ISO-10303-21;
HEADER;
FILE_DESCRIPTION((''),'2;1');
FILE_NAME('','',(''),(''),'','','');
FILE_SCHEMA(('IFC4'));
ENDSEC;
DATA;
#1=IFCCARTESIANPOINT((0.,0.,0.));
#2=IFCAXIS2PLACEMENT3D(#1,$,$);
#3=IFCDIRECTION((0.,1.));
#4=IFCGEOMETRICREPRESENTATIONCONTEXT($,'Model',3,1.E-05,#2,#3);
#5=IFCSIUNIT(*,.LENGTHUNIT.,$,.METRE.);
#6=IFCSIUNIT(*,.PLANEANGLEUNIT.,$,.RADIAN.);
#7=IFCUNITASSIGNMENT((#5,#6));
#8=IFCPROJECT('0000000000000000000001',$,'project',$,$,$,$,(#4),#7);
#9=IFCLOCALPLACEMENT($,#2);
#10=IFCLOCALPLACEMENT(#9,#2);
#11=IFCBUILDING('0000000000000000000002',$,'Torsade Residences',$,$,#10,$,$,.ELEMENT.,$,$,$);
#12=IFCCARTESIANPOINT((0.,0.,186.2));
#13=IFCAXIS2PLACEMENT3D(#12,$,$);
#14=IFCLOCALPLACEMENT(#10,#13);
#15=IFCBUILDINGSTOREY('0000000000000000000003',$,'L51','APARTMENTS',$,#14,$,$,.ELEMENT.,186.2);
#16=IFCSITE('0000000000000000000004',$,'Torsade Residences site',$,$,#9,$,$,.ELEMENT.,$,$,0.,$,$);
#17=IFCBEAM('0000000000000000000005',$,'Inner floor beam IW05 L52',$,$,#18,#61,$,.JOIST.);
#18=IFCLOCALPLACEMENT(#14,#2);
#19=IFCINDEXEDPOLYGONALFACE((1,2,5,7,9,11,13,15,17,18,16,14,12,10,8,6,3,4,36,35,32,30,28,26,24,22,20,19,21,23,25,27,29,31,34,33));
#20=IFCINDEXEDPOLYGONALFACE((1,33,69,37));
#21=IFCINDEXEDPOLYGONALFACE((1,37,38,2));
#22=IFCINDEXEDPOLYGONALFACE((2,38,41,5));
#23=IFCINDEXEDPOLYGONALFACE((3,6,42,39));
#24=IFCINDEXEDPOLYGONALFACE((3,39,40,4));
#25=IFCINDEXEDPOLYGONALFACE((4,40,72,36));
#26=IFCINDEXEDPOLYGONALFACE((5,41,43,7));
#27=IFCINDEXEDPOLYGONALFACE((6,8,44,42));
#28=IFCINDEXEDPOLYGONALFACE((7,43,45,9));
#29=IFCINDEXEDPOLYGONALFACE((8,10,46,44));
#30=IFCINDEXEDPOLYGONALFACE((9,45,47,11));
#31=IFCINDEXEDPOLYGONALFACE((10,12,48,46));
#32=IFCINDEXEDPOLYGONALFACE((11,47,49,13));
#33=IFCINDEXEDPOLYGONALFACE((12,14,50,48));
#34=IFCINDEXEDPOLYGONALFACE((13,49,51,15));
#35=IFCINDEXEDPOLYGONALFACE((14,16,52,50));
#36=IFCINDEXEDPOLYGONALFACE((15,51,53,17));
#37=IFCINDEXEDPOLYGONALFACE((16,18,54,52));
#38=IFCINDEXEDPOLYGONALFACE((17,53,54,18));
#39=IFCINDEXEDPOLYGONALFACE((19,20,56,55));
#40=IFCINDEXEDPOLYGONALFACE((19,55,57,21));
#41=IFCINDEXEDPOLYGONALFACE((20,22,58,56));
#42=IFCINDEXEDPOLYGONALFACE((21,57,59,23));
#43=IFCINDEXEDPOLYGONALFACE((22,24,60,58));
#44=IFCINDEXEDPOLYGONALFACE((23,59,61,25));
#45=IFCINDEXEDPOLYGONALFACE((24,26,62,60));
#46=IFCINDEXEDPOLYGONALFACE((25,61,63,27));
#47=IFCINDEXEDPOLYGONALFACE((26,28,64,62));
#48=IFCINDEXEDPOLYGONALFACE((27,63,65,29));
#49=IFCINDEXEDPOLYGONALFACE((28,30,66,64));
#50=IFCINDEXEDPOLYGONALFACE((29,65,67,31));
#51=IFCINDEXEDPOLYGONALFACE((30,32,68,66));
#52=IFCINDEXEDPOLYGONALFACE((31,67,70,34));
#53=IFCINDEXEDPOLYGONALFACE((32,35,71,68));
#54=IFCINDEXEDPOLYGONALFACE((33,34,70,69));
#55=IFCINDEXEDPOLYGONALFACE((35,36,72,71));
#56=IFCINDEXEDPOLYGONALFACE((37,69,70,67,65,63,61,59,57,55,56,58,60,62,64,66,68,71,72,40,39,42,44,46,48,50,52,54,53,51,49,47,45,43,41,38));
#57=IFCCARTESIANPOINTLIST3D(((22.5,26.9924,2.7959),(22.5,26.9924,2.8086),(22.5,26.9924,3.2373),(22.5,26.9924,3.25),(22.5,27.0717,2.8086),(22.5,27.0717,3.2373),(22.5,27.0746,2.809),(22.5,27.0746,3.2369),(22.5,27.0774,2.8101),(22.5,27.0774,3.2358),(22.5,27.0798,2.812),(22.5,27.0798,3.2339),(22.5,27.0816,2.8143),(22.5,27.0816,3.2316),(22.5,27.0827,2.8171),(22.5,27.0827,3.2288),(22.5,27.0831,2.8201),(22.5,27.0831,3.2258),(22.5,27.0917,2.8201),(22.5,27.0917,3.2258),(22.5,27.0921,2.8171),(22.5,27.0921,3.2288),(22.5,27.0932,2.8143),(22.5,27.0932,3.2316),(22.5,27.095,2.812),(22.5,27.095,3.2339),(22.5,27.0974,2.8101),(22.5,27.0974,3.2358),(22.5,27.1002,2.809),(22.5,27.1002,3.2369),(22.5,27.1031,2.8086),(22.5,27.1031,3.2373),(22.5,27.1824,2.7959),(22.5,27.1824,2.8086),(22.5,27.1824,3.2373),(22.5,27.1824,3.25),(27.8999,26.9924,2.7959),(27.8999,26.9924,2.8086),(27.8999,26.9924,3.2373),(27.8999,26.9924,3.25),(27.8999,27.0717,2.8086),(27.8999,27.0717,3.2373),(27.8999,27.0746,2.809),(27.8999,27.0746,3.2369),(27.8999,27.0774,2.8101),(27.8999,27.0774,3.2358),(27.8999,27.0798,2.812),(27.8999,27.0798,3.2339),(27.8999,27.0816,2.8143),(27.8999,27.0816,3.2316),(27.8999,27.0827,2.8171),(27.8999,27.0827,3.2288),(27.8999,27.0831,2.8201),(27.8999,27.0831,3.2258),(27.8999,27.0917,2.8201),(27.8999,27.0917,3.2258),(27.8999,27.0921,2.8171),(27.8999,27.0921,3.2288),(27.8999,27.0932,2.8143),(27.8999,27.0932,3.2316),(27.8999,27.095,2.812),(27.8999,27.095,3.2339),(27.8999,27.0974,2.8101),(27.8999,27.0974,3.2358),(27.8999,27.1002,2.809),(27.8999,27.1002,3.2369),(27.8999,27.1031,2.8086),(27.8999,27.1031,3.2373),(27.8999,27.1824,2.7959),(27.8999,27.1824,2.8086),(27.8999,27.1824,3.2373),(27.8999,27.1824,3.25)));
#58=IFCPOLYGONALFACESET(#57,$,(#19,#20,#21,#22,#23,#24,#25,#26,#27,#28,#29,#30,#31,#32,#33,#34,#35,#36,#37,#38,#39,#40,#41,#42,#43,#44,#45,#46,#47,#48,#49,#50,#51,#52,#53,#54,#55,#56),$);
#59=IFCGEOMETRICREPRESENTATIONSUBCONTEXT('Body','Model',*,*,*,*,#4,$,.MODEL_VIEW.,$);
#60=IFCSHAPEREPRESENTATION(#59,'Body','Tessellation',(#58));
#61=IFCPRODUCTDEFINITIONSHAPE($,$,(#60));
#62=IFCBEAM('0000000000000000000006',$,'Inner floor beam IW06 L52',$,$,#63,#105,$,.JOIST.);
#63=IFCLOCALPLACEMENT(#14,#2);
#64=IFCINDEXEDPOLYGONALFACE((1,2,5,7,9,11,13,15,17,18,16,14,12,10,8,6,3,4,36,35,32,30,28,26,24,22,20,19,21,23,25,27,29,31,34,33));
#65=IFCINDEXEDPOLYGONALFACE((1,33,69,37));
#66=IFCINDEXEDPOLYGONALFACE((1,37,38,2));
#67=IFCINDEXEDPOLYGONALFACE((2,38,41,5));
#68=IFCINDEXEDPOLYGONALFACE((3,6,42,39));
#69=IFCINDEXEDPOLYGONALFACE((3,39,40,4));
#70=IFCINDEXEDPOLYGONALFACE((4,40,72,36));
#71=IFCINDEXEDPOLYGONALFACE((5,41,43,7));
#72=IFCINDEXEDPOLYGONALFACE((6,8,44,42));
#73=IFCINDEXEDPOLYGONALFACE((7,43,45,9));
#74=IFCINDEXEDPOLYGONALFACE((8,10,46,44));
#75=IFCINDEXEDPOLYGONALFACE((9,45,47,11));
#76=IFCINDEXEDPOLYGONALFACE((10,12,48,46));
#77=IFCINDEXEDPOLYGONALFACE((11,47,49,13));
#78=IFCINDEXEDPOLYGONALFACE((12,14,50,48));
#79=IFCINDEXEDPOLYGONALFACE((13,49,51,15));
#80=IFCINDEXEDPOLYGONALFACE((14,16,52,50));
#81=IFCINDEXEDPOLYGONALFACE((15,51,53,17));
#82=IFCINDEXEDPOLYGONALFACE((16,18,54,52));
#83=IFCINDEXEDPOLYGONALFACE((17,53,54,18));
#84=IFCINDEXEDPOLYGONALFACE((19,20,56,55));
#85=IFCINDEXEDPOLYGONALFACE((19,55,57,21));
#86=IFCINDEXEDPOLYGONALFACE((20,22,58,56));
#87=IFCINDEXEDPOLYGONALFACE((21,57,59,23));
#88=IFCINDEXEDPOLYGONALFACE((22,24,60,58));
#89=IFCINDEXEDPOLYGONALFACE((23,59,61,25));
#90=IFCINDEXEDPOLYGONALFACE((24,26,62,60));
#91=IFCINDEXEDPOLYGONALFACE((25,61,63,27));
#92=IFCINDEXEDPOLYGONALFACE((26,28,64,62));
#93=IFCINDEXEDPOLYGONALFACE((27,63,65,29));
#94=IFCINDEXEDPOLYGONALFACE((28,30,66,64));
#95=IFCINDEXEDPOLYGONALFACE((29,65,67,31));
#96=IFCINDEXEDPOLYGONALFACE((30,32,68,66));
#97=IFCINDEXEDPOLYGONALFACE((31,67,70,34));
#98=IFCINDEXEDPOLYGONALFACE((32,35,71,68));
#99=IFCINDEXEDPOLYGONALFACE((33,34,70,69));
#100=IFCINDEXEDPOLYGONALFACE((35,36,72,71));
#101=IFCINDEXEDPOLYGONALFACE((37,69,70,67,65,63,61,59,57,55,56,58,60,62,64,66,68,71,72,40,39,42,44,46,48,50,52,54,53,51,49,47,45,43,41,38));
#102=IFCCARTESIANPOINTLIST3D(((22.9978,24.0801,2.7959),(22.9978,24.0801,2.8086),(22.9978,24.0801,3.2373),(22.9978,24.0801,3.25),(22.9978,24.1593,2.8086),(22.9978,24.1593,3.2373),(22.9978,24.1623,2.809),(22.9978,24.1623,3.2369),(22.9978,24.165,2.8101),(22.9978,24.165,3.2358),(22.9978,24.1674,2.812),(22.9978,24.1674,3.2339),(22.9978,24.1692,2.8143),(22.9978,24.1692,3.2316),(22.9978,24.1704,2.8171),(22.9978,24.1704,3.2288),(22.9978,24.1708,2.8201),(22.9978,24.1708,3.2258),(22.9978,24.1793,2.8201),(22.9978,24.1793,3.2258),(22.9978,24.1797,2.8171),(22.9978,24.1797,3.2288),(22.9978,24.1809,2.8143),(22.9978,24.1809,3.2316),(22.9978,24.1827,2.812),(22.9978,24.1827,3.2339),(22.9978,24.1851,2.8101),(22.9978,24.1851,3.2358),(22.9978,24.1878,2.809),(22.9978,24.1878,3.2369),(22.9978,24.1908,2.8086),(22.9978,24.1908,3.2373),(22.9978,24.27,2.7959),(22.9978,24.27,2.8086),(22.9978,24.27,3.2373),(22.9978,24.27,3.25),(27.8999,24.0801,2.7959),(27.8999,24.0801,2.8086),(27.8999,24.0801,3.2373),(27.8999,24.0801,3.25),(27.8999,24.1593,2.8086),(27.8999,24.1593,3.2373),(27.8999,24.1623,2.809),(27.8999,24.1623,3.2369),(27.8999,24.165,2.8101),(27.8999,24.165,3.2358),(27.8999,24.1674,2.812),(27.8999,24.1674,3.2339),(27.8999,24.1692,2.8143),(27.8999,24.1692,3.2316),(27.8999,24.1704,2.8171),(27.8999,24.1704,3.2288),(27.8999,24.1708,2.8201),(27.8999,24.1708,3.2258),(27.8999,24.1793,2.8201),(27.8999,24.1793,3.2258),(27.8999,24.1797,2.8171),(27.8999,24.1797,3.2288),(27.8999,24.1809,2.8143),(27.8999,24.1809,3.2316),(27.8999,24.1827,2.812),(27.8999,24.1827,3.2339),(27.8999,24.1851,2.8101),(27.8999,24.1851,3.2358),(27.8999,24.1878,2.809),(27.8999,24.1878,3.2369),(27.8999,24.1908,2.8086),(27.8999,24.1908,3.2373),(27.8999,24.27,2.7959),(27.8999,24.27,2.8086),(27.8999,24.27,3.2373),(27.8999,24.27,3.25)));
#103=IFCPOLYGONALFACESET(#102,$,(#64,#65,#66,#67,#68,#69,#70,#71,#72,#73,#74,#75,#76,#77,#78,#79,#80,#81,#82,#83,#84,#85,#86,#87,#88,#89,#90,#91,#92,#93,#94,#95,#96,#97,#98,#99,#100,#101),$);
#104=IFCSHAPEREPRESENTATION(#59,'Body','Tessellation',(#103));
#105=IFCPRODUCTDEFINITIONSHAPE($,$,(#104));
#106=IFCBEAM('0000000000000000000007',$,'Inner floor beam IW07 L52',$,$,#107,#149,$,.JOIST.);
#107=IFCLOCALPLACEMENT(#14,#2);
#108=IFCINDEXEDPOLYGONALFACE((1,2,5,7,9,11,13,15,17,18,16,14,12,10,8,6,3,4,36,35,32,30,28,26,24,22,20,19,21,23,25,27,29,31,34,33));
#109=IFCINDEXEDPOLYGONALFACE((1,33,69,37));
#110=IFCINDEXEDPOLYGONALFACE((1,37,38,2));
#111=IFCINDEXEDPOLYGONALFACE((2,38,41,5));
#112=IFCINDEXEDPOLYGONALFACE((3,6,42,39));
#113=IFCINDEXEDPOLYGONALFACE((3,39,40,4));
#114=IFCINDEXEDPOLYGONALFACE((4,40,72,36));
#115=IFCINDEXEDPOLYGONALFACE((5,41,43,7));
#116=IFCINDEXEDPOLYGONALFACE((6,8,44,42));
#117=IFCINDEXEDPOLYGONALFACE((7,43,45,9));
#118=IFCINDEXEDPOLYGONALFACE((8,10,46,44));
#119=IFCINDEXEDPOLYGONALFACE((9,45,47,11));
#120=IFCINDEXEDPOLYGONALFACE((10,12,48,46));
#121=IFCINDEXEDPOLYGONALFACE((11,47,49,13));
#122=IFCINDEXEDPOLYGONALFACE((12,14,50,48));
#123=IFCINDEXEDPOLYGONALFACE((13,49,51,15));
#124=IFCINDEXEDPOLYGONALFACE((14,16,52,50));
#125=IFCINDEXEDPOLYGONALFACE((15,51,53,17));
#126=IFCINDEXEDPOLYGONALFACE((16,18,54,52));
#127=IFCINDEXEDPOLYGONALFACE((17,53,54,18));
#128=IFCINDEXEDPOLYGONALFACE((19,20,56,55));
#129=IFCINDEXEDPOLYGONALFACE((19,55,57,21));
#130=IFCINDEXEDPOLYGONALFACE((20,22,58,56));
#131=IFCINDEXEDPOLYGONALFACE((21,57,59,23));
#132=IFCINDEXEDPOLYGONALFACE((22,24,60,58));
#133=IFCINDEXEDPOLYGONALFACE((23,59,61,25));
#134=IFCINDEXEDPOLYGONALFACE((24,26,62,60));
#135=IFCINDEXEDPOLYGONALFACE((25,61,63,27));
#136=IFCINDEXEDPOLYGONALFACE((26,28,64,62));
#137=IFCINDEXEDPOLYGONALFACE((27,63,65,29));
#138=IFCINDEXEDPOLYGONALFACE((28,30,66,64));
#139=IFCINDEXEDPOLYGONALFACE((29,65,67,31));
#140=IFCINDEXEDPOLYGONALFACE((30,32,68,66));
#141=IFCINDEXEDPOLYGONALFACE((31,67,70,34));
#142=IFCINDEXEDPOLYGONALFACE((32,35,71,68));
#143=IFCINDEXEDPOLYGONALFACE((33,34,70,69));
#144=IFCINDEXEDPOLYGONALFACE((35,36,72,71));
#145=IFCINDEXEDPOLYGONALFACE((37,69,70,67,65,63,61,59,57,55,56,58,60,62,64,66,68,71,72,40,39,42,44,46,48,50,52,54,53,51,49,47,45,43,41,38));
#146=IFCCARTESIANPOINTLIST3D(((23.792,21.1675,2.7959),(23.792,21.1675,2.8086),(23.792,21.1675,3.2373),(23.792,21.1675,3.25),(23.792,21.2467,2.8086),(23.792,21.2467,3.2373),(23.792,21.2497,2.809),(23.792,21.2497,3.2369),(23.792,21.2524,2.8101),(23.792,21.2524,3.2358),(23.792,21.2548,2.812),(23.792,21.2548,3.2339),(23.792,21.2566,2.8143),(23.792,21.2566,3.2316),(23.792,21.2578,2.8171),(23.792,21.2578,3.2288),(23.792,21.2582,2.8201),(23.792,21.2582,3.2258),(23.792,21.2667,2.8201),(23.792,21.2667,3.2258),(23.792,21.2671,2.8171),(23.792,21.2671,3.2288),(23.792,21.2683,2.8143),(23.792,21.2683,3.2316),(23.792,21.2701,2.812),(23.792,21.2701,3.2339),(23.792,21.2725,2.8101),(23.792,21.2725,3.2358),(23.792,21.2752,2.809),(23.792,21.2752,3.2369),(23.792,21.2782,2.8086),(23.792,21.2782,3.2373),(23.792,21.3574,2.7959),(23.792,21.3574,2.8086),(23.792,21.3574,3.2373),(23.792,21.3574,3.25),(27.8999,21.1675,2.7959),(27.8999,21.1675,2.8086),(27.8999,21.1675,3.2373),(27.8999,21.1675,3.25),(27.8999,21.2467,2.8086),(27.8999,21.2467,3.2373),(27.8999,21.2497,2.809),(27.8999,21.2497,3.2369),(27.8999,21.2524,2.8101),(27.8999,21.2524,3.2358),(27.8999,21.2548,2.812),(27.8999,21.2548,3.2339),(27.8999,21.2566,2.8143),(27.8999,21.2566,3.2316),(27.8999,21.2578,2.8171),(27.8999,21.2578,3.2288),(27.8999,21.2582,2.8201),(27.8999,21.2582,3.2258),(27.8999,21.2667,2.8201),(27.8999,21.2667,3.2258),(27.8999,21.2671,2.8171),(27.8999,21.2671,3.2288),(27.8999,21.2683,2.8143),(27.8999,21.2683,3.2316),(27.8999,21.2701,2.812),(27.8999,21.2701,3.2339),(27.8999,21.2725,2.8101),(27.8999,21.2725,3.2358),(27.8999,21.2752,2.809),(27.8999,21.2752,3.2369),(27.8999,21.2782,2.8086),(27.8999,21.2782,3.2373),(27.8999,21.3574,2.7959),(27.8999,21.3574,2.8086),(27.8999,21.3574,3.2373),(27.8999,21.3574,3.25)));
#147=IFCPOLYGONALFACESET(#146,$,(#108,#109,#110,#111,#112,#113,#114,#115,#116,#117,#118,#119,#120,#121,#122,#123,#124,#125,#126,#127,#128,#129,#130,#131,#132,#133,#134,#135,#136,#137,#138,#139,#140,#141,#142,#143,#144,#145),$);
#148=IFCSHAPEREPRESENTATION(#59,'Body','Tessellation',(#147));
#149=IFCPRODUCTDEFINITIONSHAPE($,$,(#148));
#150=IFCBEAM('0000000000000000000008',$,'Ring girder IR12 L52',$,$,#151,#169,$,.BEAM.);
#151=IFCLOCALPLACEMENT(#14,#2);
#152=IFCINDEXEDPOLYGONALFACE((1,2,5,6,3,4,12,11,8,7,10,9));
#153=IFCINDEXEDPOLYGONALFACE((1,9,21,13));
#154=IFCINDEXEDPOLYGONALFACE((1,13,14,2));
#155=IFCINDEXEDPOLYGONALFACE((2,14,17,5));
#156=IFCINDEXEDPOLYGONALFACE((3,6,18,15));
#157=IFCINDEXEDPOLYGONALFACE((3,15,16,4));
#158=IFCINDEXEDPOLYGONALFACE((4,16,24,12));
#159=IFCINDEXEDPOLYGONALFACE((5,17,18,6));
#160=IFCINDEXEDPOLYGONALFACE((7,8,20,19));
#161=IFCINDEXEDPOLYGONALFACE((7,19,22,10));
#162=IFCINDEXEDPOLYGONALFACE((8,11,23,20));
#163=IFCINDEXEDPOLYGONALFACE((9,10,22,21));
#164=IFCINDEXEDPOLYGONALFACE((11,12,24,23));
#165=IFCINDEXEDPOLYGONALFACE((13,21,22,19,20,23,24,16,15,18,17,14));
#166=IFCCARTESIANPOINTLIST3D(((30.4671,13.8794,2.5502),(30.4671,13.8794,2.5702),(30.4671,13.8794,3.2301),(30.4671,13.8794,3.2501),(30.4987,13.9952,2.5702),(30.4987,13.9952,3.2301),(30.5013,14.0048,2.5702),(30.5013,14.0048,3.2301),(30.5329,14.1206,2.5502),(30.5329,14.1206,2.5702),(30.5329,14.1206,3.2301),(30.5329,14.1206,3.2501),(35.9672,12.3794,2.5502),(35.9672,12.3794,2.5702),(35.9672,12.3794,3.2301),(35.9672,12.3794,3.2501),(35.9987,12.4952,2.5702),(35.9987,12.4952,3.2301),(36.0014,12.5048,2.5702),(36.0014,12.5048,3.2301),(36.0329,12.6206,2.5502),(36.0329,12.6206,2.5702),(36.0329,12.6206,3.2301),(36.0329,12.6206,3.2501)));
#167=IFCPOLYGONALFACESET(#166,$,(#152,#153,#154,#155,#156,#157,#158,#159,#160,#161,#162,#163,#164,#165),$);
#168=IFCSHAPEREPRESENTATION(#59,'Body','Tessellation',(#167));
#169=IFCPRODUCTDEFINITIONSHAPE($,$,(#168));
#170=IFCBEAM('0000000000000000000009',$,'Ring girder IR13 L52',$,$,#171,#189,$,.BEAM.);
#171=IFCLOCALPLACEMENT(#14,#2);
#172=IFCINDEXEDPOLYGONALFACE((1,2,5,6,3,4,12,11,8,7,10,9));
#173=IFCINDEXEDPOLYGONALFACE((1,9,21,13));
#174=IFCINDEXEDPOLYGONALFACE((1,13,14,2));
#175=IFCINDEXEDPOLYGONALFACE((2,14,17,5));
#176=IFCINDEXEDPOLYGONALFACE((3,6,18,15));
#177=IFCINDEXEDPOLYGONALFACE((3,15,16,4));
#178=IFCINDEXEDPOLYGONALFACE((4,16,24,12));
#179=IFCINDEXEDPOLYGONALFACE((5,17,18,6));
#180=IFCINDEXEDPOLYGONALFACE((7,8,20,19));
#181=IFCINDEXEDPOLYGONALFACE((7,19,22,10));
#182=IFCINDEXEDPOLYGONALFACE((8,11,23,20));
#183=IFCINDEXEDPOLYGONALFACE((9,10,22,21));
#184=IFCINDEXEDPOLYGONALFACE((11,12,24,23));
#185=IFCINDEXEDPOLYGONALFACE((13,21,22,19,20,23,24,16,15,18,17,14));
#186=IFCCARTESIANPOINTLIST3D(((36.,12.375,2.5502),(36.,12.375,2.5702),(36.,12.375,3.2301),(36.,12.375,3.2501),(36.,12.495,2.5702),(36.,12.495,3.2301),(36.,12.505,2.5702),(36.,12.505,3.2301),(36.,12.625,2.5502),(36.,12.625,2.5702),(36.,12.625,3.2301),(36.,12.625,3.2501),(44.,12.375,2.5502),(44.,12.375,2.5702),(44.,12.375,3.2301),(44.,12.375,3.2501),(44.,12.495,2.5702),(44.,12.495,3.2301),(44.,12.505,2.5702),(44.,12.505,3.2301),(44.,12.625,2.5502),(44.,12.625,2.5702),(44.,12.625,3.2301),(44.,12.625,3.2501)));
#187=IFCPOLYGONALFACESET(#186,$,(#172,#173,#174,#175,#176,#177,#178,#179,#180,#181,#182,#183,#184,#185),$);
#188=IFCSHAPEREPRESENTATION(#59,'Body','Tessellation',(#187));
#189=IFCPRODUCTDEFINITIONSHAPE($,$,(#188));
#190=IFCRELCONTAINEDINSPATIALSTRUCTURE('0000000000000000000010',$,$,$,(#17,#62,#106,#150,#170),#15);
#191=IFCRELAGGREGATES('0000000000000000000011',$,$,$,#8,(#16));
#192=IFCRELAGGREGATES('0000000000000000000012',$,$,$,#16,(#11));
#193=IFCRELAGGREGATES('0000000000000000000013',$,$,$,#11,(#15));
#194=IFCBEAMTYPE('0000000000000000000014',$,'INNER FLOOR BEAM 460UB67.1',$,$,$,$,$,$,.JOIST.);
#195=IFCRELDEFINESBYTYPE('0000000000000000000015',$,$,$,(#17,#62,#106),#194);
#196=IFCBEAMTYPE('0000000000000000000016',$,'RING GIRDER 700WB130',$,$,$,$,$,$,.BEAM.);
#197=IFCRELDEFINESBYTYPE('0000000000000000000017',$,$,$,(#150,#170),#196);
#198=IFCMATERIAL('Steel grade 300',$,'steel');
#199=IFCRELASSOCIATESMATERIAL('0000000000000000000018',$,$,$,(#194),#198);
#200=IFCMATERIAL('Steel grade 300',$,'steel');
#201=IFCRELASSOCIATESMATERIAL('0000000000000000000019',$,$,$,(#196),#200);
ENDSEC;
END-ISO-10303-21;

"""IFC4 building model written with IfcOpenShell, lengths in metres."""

from ifc_helpers import new_model, si_unit, direction, frame, origin, origin_2d, place, context, subcontext, project, spatial, i_section, extrude, material, material_profile, profile_set, type_object, element, save


model = new_model("IFC4")

# Units and contexts
model_context = context("Model", 3, precision=1e-05, world=origin(), true_north=direction((0.0, 1.0)))
body_context = subcontext(model_context, "Body", "Model", "MODEL_VIEW")
ifc_project = project(units=[si_unit("LENGTHUNIT", "METRE"), si_unit("PLANEANGLEUNIT", "RADIAN")], contexts=[model_context])

# Site, building, storey
site_placement = place(None, origin())
site = spatial("IfcSite", under=ifc_project, at=site_placement, Name="Torsade Residences site", CompositionType="ELEMENT", RefElevation=0.0)
building_placement = place(site_placement, origin())
building = spatial("IfcBuilding", under=site, at=building_placement, Name="Torsade Residences", CompositionType="ELEMENT")
storey_placement = place(building_placement, frame((0.0, 0.0, 186.2)))
storey = spatial("IfcBuildingStorey", under=building, at=storey_placement, Name="L51", Description="APARTMENTS", CompositionType="ELEMENT", Elevation=186.2)

# Beams
ifc_material_1 = material(Name="Steel grade 300", Category="steel")
ifc_material_profile_1 = material_profile(ifc_material_1, i_section(OverallWidth=0.1899, OverallDepth=0.4541, WebThickness=0.0085, FlangeThickness=0.0127, FilletRadius=0.0115, at=origin_2d()), Name="460UB67.1")
ifc_profile_set_1 = profile_set([ifc_material_profile_1], Name="Steel grade 300")
beam_type_1 = type_object("IfcBeamType", Name="INNER FLOOR BEAM 460UB67.1", PredefinedType="JOIST", material=ifc_profile_set_1)
beam_1_placement = place(storey_placement, frame((27.8999, 27.0874, 3.0229), z_axis=(-1.0, 0.0, 0.0), x_axis=(0.0, -1.0, 0.0)))
element("IfcBeam", 1, at=beam_1_placement, inside=storey, type_object=beam_type_1, Name="Inner floor beam IW05 L52", PredefinedType="JOIST", context=body_context, shape_type="SweptSolid", body=[
    extrude(i_section(OverallWidth=0.1899, OverallDepth=0.4541, WebThickness=0.0085, FlangeThickness=0.0127, FilletRadius=0.0115, at=origin_2d()), origin(), (0.0, 0.0, 1.0), 5.3999),
])
beam_2_placement = place(storey_placement, frame((27.8999, 24.175, 3.0229), z_axis=(-1.0, 0.0, 0.0), x_axis=(0.0, -1.0, 0.0)))
element("IfcBeam", 2, at=beam_2_placement, inside=storey, type_object=beam_type_1, Name="Inner floor beam IW06 L52", PredefinedType="JOIST", context=body_context, shape_type="SweptSolid", body=[
    extrude(i_section(OverallWidth=0.1899, OverallDepth=0.4541, WebThickness=0.0085, FlangeThickness=0.0127, FilletRadius=0.0115, at=origin_2d()), origin(), (0.0, 0.0, 1.0), 4.9021),
])
beam_3_placement = place(storey_placement, frame((27.8999, 21.2625, 3.0229), z_axis=(-1.0, 0.0, 0.0), x_axis=(0.0, -1.0, 0.0)))
element("IfcBeam", 3, at=beam_3_placement, inside=storey, type_object=beam_type_1, Name="Inner floor beam IW07 L52", PredefinedType="JOIST", context=body_context, shape_type="SweptSolid", body=[
    extrude(i_section(OverallWidth=0.1899, OverallDepth=0.4541, WebThickness=0.0085, FlangeThickness=0.0127, FilletRadius=0.0115, at=origin_2d()), origin(), (0.0, 0.0, 1.0), 4.1079),
])
ifc_material_2 = material(Name="Steel grade 300", Category="steel")
ifc_material_profile_2 = material_profile(ifc_material_2, i_section(OverallWidth=0.25, OverallDepth=0.7, WebThickness=0.01, FlangeThickness=0.02, at=origin_2d()), Name="700WB130")
ifc_profile_set_2 = profile_set([ifc_material_profile_2], Name="Steel grade 300")
beam_type_2 = type_object("IfcBeamType", Name="RING GIRDER 700WB130", PredefinedType="BEAM", material=ifc_profile_set_2)
beam_4_placement = place(storey_placement, frame((30.5, 14.0, 2.9001), z_axis=(0.964764, -0.263117, 0.0), x_axis=(0.263117, 0.964764, 0.0)))
element("IfcBeam", 4, at=beam_4_placement, inside=storey, type_object=beam_type_2, Name="Ring girder IR12 L52", PredefinedType="BEAM", context=body_context, shape_type="SweptSolid", body=[
    extrude(i_section(OverallWidth=0.25, OverallDepth=0.7, WebThickness=0.01, FlangeThickness=0.02, at=origin_2d()), origin(), (0.0, 0.0, 1.0), 5.7009),
])
beam_5_placement = place(storey_placement, frame((36.0, 12.5, 2.9001), z_axis=(1.0, 0.0, 0.0), x_axis=(0.0, 1.0, 0.0)))
element("IfcBeam", 5, at=beam_5_placement, inside=storey, type_object=beam_type_2, Name="Ring girder IR13 L52", PredefinedType="BEAM", context=body_context, shape_type="SweptSolid", body=[
    extrude(i_section(OverallWidth=0.25, OverallDepth=0.7, WebThickness=0.01, FlangeThickness=0.02, at=origin_2d()), origin(), (0.0, 0.0, 1.0), 8.0),
])

save(model, "model.ifc")
